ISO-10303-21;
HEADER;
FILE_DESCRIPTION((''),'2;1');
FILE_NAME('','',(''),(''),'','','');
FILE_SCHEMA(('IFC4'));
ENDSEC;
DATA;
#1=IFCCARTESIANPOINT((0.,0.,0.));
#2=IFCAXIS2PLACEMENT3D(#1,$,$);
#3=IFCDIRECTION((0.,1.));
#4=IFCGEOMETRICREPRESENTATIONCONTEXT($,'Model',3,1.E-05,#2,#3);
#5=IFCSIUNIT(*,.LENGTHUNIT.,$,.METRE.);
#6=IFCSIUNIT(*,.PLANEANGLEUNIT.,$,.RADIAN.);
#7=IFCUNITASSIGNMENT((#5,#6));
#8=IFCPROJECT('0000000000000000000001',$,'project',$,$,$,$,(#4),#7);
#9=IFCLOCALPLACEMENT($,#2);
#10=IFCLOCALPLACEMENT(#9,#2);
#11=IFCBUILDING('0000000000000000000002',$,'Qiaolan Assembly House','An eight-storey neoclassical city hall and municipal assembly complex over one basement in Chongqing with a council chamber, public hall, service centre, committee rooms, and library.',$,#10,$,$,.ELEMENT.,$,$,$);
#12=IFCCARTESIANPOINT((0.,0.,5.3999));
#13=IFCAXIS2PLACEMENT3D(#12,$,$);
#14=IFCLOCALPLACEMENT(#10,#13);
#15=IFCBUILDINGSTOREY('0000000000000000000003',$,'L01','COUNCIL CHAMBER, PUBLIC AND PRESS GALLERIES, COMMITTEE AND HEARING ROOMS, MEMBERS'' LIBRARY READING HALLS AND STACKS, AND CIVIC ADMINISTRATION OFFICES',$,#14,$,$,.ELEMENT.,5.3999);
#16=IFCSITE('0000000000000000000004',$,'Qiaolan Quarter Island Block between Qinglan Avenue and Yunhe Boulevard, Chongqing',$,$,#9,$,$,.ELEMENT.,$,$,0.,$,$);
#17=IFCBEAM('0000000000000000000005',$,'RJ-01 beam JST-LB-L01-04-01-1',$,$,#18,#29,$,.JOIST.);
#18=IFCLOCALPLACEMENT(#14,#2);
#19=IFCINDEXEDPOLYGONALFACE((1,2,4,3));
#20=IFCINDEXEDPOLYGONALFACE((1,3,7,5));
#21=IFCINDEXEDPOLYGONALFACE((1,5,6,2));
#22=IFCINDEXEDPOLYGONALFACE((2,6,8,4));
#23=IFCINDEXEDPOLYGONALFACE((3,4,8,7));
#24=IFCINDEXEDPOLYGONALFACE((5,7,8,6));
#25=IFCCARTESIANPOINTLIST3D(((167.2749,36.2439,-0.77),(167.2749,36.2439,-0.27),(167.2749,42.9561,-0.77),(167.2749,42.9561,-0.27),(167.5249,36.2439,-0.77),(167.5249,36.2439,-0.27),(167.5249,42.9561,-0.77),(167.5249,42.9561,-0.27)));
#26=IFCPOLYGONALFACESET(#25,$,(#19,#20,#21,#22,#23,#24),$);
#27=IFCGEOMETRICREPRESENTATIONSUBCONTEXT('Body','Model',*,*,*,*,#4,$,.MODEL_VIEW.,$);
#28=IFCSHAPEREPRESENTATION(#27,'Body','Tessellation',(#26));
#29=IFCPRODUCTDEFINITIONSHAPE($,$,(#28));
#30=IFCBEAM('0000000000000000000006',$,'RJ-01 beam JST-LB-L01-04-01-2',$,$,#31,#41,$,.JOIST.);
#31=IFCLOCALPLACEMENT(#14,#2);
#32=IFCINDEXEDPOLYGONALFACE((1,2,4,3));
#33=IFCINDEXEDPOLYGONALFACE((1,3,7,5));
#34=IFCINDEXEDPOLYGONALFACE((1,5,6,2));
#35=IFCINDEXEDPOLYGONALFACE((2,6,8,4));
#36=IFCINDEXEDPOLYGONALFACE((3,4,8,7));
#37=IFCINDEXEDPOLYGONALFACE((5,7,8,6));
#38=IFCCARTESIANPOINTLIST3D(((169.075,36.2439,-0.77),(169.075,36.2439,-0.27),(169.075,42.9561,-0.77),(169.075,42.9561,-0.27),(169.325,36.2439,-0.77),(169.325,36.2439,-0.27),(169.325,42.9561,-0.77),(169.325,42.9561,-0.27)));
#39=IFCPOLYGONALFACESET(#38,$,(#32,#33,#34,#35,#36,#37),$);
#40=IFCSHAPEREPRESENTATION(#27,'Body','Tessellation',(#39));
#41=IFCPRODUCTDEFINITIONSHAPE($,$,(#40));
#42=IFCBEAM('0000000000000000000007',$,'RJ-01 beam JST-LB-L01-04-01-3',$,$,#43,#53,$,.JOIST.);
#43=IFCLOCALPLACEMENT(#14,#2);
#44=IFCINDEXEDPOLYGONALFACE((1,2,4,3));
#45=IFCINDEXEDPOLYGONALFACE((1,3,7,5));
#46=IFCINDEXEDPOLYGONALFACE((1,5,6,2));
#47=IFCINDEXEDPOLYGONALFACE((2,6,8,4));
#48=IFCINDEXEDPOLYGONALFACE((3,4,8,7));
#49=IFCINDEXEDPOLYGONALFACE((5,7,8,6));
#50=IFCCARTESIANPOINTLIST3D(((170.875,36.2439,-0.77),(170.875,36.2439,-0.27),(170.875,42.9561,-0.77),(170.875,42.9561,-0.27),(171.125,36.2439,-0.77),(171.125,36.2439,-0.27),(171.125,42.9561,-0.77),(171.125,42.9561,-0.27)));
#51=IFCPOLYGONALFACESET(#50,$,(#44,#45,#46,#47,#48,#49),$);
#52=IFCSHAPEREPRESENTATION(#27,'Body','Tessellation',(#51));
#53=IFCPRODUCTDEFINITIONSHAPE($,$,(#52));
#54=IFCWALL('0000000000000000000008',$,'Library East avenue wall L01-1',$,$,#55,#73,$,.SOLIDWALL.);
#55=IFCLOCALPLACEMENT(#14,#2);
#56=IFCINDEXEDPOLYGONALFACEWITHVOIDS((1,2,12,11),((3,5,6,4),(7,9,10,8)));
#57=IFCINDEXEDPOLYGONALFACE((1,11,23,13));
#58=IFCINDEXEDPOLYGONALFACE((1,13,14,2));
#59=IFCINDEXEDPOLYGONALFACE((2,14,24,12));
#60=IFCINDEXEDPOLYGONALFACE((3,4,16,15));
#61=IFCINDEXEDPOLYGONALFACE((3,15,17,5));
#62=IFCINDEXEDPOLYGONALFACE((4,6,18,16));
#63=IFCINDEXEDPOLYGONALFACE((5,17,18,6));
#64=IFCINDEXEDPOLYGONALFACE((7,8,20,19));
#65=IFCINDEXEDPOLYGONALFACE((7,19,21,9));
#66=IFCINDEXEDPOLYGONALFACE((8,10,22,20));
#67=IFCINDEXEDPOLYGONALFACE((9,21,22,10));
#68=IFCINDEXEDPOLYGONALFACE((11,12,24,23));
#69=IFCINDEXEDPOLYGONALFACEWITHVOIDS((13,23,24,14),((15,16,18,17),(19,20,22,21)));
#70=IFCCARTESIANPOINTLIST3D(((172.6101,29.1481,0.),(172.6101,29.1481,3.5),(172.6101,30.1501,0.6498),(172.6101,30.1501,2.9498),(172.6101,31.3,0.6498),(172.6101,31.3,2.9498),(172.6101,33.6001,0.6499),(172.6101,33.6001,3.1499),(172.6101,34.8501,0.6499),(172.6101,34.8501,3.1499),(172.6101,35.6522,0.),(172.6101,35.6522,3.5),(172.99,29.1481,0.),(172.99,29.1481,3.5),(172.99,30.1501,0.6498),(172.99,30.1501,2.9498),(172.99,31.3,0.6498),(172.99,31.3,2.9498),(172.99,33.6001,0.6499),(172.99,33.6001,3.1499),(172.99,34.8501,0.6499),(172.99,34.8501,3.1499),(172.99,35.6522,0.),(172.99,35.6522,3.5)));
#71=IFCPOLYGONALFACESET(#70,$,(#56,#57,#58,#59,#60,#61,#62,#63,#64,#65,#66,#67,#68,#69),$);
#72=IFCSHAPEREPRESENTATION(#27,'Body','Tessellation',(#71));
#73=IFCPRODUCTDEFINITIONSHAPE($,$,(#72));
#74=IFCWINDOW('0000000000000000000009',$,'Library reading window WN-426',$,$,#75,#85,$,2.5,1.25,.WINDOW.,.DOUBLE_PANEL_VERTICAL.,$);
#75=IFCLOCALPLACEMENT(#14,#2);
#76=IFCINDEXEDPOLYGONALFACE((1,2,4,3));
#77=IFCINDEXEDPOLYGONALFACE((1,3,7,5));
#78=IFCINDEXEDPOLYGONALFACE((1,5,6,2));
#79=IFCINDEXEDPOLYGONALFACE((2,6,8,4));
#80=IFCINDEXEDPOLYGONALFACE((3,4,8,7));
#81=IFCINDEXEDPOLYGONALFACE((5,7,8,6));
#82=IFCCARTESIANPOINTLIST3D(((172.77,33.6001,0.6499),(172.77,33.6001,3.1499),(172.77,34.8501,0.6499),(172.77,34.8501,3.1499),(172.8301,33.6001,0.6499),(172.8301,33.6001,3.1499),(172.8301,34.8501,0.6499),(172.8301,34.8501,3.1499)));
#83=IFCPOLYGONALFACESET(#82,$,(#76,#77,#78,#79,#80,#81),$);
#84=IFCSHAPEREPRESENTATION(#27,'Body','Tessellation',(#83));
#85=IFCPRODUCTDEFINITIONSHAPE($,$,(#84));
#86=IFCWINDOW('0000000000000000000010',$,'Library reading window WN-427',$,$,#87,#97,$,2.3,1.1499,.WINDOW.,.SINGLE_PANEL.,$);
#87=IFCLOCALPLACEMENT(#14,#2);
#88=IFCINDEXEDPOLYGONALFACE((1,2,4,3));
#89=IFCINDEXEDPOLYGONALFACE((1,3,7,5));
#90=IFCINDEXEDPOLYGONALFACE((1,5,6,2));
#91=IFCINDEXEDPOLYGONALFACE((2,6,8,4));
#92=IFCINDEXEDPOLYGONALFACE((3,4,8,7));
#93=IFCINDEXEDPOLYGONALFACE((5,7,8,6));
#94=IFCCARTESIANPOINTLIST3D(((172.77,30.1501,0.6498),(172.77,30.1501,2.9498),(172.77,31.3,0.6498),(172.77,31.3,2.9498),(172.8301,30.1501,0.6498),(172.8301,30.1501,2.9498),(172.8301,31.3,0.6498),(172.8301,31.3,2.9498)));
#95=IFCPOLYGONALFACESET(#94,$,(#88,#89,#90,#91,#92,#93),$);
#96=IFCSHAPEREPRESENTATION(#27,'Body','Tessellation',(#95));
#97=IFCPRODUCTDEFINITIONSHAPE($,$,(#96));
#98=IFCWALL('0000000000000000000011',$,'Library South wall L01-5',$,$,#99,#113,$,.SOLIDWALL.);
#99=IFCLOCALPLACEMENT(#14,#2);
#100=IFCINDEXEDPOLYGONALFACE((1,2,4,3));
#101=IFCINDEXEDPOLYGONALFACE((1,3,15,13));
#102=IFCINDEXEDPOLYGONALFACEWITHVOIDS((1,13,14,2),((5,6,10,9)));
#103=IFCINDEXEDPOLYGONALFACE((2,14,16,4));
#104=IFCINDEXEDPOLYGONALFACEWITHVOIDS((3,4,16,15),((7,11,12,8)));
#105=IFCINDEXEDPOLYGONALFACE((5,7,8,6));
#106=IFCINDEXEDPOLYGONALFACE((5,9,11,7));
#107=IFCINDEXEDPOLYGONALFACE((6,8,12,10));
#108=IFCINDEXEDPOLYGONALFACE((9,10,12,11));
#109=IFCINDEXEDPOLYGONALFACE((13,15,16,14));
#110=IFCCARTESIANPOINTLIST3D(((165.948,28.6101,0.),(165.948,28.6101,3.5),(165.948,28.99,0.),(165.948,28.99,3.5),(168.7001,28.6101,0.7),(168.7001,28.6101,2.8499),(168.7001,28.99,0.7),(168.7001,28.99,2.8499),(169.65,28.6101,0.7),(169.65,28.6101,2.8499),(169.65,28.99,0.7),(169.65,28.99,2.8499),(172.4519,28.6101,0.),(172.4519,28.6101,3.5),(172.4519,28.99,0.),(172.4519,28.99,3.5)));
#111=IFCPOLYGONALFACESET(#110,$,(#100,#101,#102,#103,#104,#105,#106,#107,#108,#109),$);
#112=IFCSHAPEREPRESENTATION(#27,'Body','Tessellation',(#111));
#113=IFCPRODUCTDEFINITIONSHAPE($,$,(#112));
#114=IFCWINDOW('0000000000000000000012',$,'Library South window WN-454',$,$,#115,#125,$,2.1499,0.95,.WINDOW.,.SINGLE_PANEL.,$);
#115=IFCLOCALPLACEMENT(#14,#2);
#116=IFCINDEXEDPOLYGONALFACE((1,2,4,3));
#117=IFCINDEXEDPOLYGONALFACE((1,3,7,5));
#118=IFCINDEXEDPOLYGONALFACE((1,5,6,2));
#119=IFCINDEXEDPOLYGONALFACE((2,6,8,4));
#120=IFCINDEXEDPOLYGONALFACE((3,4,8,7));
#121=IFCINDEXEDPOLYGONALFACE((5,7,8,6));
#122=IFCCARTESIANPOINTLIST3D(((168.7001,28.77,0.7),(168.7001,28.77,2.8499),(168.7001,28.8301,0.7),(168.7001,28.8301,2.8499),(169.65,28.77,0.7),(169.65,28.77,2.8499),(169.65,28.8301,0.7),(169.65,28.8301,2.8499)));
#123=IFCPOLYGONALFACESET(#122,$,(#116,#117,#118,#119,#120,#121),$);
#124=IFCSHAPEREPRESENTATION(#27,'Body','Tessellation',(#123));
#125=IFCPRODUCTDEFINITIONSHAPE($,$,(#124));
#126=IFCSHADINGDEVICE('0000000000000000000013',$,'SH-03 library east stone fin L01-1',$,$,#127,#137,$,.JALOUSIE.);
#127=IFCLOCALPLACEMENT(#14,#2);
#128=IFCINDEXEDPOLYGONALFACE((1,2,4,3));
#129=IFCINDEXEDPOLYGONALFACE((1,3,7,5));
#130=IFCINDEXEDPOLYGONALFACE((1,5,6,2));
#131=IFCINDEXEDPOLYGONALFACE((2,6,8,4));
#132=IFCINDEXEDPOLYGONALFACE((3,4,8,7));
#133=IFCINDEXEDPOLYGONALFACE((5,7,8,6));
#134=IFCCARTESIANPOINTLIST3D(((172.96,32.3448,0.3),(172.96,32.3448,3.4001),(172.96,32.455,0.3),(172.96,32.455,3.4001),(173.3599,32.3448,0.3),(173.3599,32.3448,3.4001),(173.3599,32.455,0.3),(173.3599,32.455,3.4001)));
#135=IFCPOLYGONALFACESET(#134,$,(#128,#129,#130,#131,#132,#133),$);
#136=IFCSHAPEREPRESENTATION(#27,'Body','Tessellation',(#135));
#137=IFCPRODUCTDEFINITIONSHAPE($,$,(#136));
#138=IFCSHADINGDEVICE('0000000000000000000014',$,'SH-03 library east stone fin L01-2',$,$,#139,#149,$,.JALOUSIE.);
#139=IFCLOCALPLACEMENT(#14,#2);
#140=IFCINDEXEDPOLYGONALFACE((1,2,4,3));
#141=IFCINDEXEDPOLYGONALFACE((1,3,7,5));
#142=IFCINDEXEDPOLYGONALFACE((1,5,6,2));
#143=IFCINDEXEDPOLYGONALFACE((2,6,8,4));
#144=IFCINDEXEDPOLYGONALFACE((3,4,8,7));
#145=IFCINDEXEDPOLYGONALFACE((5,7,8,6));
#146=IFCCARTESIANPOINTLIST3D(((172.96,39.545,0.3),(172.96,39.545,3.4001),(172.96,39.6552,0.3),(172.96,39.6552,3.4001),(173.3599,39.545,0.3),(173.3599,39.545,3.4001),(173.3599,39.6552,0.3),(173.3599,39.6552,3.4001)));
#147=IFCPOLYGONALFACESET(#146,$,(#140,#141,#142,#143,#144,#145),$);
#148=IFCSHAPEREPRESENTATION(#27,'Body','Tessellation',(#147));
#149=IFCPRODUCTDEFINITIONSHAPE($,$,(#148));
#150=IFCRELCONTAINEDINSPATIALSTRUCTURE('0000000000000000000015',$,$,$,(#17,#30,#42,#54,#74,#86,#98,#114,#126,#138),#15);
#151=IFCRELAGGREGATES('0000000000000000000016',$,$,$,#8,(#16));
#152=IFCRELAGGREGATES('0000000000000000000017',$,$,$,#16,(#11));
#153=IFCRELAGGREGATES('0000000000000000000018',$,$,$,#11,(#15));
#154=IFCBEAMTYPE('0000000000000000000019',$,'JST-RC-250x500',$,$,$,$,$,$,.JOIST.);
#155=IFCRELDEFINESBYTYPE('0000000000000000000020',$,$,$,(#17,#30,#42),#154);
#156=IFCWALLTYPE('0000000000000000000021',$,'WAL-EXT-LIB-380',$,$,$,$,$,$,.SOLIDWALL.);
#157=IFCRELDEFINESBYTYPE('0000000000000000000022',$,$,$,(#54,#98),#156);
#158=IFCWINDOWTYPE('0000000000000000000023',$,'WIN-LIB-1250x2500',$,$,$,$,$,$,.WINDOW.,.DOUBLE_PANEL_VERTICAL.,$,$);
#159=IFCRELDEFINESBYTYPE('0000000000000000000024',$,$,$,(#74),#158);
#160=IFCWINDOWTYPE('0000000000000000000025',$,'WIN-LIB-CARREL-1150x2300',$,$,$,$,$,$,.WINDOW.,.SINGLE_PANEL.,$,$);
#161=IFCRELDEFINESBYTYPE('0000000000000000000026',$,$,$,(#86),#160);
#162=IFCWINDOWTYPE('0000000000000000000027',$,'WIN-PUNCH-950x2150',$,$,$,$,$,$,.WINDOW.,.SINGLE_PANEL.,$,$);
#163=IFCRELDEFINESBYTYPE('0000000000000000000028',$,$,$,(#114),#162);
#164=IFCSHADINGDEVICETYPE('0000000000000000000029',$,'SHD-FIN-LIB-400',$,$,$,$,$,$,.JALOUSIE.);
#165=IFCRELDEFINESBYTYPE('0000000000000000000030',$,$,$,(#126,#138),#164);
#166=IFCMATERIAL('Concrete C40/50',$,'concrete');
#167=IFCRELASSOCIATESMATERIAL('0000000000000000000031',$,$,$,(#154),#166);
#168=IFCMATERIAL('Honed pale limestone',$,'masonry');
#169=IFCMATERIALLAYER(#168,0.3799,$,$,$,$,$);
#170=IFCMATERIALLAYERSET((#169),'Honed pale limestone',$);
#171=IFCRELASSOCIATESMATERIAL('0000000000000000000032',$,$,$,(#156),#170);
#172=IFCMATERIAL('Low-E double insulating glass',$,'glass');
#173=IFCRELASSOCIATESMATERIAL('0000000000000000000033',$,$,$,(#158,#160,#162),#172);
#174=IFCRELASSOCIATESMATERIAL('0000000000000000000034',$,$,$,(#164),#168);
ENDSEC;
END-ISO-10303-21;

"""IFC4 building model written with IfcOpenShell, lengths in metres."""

from ifc_helpers import new_model, si_unit, direction, frame, frame_2d, origin, origin_2d, place, context, subcontext, project, spatial, rectangle, extrude, material, layer, layer_set, material_profile, profile_set, type_object, element, fill, save


model = new_model("IFC4")

# Units and contexts
model_context = context("Model", 3, precision=1e-05, world=origin(), true_north=direction((0.0, 1.0)))
body_context = subcontext(model_context, "Body", "Model", "MODEL_VIEW")
ifc_project = project(units=[si_unit("LENGTHUNIT", "METRE"), si_unit("PLANEANGLEUNIT", "RADIAN")], contexts=[model_context])

# Site, building, storey
site_placement = place(None, origin())
site = spatial("IfcSite", under=ifc_project, at=site_placement, Name="Qiaolan Quarter Island Block between Qinglan Avenue and Yunhe Boulevard, Chongqing", CompositionType="ELEMENT", RefElevation=0.0)
building_placement = place(site_placement, origin())
building = spatial("IfcBuilding", under=site, at=building_placement, Name="Qiaolan Assembly House", Description="An eight-storey neoclassical city hall and municipal assembly complex over one basement in Chongqing with a council chamber, public hall, service centre, committee rooms, and library.", CompositionType="ELEMENT")
storey_placement = place(building_placement, frame((0.0, 0.0, 5.3999)))
storey = spatial("IfcBuildingStorey", under=building, at=storey_placement, Name="L01", Description="COUNCIL CHAMBER, PUBLIC AND PRESS GALLERIES, COMMITTEE AND HEARING ROOMS, MEMBERS' LIBRARY READING HALLS AND STACKS, AND CIVIC ADMINISTRATION OFFICES", CompositionType="ELEMENT", Elevation=5.3999)

# Shared definitions
ifc_material_1 = material(Name="Concrete C40/50", Category="concrete")

# Beams
ifc_material_profile_1 = material_profile(ifc_material_1, rectangle(XDim=0.25, YDim=0.5, at=origin_2d()), Name="RCB 250x500")
ifc_profile_set_1 = profile_set([ifc_material_profile_1], Name="Concrete C40/50")
beam_type_1 = type_object("IfcBeamType", Name="JST-RC-250x500", PredefinedType="JOIST", material=ifc_profile_set_1)
for number, where, z_axis, x_axis, name in (
    (1, (167.3999, 36.2439, -0.52), (0.0, 1.0, 0.0), (-1.0, 0.0, 0.0), "RJ-01 beam JST-LB-L01-04-01-1"),
    (2, (169.2, 36.2439, -0.52), (0.0, 1.0, 0.0), (-1.0, 0.0, 0.0), "RJ-01 beam JST-LB-L01-04-01-2"),
    (3, (171.0, 36.2439, -0.52), (0.0, 1.0, 0.0), (-1.0, 0.0, 0.0), "RJ-01 beam JST-LB-L01-04-01-3"),
):
    element("IfcBeam", number, at=place(storey_placement, frame(where, z_axis=z_axis, x_axis=x_axis)), inside=storey, type_object=beam_type_1, Name=name, PredefinedType="JOIST", context=body_context, shape_type="SweptSolid", body=[
        extrude(rectangle(XDim=0.25, YDim=0.5, at=origin_2d()), origin(), (0.0, 0.0, 1.0), 6.7122),
    ])

# Wall, openings, windows
ifc_material_2 = material(Name="Honed pale limestone", Category="masonry")
ifc_layer = layer(ifc_material_2, 0.3799)
ifc_layer_set = layer_set([ifc_layer], Name="Honed pale limestone")
wall_type = type_object("IfcWallType", Name="WAL-EXT-LIB-380", PredefinedType="SOLIDWALL", material=ifc_layer_set)
wall_1_placement = place(storey_placement, frame((172.8, 35.6521, 0.0), z_axis=(0.0, 0.0, 1.0), x_axis=(0.0, -1.0, 0.0)))
wall_1 = element("IfcWall", 4, at=wall_1_placement, inside=storey, type_object=wall_type, Name="Library East avenue wall L01-1", PredefinedType="SOLIDWALL", context=body_context, shape_type="SweptSolid", body=[
    extrude(rectangle(XDim=6.5042, YDim=0.3799, at=frame_2d((3.252, 0.0))), origin(), (0.0, 0.0, 1.0), 3.5),
])
opening_1_placement = place(wall_1_placement, frame((0.802, 0.0, 0.6499)))
opening_1 = element("IfcOpeningElement", 5, at=opening_1_placement, cuts=wall_1, PredefinedType="OPENING", context=body_context, shape_type="SweptSolid", body=[
    extrude(rectangle(XDim=1.25, YDim=2.5, at=frame_2d((0.625, 1.25))), frame((0.0, 0.2, 0.0), z_axis=(0.0, -1.0, 0.0), x_axis=(1.0, 0.0, 0.0)), (0.0, 0.0, 1.0), 0.3999),
])
opening_2_placement = place(wall_1_placement, frame((4.3521, 0.0, 0.6499)))
opening_2 = element("IfcOpeningElement", 6, at=opening_2_placement, cuts=wall_1, PredefinedType="OPENING", context=body_context, shape_type="SweptSolid", body=[
    extrude(rectangle(XDim=1.1499, YDim=2.3, at=frame_2d((0.575, 1.1499))), frame((0.0, 0.2, 0.0), z_axis=(0.0, -1.0, 0.0), x_axis=(1.0, 0.0, 0.0)), (0.0, 0.0, 1.0), 0.3999),
])
ifc_material_3 = material(Name="Low-E double insulating glass", Category="glass")
window_type_1 = type_object("IfcWindowType", Name="WIN-LIB-1250x2500", PartitioningType="DOUBLE_PANEL_VERTICAL", PredefinedType="WINDOW", material=ifc_material_3)
window_1_placement = place(opening_1_placement, origin())
window_1 = element("IfcWindow", 7, at=window_1_placement, inside=storey, type_object=window_type_1, Name="Library reading window WN-426", OverallHeight=2.5, OverallWidth=1.25, PartitioningType="DOUBLE_PANEL_VERTICAL", PredefinedType="WINDOW", context=body_context, shape_type="SweptSolid", body=[
    extrude(rectangle(XDim=1.25, YDim=2.5, at=frame_2d((0.625, 1.25))), frame((0.0, 0.03, 0.0), z_axis=(0.0, -1.0, 0.0), x_axis=(1.0, 0.0, 0.0)), (0.0, 0.0, 1.0), 0.0601),
])
fill(opening_1, window_1)
window_type_2 = type_object("IfcWindowType", Name="WIN-LIB-CARREL-1150x2300", PartitioningType="SINGLE_PANEL", PredefinedType="WINDOW", material=ifc_material_3)
window_2_placement = place(opening_2_placement, origin())
window_2 = element("IfcWindow", 8, at=window_2_placement, inside=storey, type_object=window_type_2, Name="Library reading window WN-427", OverallHeight=2.3, OverallWidth=1.1499, PartitioningType="SINGLE_PANEL", PredefinedType="WINDOW", context=body_context, shape_type="SweptSolid", body=[
    extrude(rectangle(XDim=1.1499, YDim=2.3, at=frame_2d((0.575, 1.1499))), frame((0.0, 0.03, 0.0), z_axis=(0.0, -1.0, 0.0), x_axis=(1.0, 0.0, 0.0)), (0.0, 0.0, 1.0), 0.0601),
])
fill(opening_2, window_2)

# Wall, opening, window
wall_2_placement = place(storey_placement, frame((165.948, 28.8, 0.0), z_axis=(0.0, 0.0, 1.0), x_axis=(1.0, 0.0, 0.0)))
wall_2 = element("IfcWall", 9, at=wall_2_placement, inside=storey, type_object=wall_type, Name="Library South wall L01-5", PredefinedType="SOLIDWALL", context=body_context, shape_type="SweptSolid", body=[
    extrude(rectangle(XDim=6.5039, YDim=0.3799, at=frame_2d((3.252, 0.0))), origin(), (0.0, 0.0, 1.0), 3.5),
])
opening_3_placement = place(wall_2_placement, frame((2.752, 0.0, 0.7)))
opening_3 = element("IfcOpeningElement", 10, at=opening_3_placement, cuts=wall_2, PredefinedType="OPENING", context=body_context, shape_type="SweptSolid", body=[
    extrude(rectangle(XDim=0.95, YDim=2.1499, at=frame_2d((0.4751, 1.075))), frame((0.0, 0.2, 0.0), z_axis=(0.0, -1.0, 0.0), x_axis=(1.0, 0.0, 0.0)), (0.0, 0.0, 1.0), 0.3999),
])
window_type_3 = type_object("IfcWindowType", Name="WIN-PUNCH-950x2150", PartitioningType="SINGLE_PANEL", PredefinedType="WINDOW", material=ifc_material_3)
window_3_placement = place(opening_3_placement, origin())
window_3 = element("IfcWindow", 11, at=window_3_placement, inside=storey, type_object=window_type_3, Name="Library South window WN-454", OverallHeight=2.1499, OverallWidth=0.95, PartitioningType="SINGLE_PANEL", PredefinedType="WINDOW", context=body_context, shape_type="SweptSolid", body=[
    extrude(rectangle(XDim=0.95, YDim=2.1499, at=frame_2d((0.4751, 1.075))), frame((0.0, 0.03, 0.0), z_axis=(0.0, -1.0, 0.0), x_axis=(1.0, 0.0, 0.0)), (0.0, 0.0, 1.0), 0.0601),
])
fill(opening_3, window_3)

# Shading devices
ifc_material_profile_2 = material_profile(ifc_material_2, rectangle(XDim=0.1101, YDim=0.3999, at=origin_2d()), Name="FIN 110x400")
ifc_profile_set_2 = profile_set([ifc_material_profile_2], Name="Honed pale limestone")
shading_device_type = type_object("IfcShadingDeviceType", Name="SHD-FIN-LIB-400", PredefinedType="JALOUSIE", material=ifc_profile_set_2)
for number, where, z_axis, x_axis, name in (
    (12, (173.1599, 32.3999, 0.3), (0.0, 0.0, 1.0), (0.0, 1.0, 0.0), "SH-03 library east stone fin L01-1"),
    (13, (173.1599, 39.6001, 0.3), (0.0, 0.0, 1.0), (0.0, 1.0, 0.0), "SH-03 library east stone fin L01-2"),
):
    element("IfcShadingDevice", number, at=place(storey_placement, frame(where, z_axis=z_axis, x_axis=x_axis)), inside=storey, type_object=shading_device_type, Name=name, PredefinedType="JALOUSIE", context=body_context, shape_type="SweptSolid", body=[
        extrude(rectangle(XDim=0.1101, YDim=0.3999, at=origin_2d()), origin(), (0.0, 0.0, 1.0), 3.1001),
    ])

save(model, "model.ifc")
